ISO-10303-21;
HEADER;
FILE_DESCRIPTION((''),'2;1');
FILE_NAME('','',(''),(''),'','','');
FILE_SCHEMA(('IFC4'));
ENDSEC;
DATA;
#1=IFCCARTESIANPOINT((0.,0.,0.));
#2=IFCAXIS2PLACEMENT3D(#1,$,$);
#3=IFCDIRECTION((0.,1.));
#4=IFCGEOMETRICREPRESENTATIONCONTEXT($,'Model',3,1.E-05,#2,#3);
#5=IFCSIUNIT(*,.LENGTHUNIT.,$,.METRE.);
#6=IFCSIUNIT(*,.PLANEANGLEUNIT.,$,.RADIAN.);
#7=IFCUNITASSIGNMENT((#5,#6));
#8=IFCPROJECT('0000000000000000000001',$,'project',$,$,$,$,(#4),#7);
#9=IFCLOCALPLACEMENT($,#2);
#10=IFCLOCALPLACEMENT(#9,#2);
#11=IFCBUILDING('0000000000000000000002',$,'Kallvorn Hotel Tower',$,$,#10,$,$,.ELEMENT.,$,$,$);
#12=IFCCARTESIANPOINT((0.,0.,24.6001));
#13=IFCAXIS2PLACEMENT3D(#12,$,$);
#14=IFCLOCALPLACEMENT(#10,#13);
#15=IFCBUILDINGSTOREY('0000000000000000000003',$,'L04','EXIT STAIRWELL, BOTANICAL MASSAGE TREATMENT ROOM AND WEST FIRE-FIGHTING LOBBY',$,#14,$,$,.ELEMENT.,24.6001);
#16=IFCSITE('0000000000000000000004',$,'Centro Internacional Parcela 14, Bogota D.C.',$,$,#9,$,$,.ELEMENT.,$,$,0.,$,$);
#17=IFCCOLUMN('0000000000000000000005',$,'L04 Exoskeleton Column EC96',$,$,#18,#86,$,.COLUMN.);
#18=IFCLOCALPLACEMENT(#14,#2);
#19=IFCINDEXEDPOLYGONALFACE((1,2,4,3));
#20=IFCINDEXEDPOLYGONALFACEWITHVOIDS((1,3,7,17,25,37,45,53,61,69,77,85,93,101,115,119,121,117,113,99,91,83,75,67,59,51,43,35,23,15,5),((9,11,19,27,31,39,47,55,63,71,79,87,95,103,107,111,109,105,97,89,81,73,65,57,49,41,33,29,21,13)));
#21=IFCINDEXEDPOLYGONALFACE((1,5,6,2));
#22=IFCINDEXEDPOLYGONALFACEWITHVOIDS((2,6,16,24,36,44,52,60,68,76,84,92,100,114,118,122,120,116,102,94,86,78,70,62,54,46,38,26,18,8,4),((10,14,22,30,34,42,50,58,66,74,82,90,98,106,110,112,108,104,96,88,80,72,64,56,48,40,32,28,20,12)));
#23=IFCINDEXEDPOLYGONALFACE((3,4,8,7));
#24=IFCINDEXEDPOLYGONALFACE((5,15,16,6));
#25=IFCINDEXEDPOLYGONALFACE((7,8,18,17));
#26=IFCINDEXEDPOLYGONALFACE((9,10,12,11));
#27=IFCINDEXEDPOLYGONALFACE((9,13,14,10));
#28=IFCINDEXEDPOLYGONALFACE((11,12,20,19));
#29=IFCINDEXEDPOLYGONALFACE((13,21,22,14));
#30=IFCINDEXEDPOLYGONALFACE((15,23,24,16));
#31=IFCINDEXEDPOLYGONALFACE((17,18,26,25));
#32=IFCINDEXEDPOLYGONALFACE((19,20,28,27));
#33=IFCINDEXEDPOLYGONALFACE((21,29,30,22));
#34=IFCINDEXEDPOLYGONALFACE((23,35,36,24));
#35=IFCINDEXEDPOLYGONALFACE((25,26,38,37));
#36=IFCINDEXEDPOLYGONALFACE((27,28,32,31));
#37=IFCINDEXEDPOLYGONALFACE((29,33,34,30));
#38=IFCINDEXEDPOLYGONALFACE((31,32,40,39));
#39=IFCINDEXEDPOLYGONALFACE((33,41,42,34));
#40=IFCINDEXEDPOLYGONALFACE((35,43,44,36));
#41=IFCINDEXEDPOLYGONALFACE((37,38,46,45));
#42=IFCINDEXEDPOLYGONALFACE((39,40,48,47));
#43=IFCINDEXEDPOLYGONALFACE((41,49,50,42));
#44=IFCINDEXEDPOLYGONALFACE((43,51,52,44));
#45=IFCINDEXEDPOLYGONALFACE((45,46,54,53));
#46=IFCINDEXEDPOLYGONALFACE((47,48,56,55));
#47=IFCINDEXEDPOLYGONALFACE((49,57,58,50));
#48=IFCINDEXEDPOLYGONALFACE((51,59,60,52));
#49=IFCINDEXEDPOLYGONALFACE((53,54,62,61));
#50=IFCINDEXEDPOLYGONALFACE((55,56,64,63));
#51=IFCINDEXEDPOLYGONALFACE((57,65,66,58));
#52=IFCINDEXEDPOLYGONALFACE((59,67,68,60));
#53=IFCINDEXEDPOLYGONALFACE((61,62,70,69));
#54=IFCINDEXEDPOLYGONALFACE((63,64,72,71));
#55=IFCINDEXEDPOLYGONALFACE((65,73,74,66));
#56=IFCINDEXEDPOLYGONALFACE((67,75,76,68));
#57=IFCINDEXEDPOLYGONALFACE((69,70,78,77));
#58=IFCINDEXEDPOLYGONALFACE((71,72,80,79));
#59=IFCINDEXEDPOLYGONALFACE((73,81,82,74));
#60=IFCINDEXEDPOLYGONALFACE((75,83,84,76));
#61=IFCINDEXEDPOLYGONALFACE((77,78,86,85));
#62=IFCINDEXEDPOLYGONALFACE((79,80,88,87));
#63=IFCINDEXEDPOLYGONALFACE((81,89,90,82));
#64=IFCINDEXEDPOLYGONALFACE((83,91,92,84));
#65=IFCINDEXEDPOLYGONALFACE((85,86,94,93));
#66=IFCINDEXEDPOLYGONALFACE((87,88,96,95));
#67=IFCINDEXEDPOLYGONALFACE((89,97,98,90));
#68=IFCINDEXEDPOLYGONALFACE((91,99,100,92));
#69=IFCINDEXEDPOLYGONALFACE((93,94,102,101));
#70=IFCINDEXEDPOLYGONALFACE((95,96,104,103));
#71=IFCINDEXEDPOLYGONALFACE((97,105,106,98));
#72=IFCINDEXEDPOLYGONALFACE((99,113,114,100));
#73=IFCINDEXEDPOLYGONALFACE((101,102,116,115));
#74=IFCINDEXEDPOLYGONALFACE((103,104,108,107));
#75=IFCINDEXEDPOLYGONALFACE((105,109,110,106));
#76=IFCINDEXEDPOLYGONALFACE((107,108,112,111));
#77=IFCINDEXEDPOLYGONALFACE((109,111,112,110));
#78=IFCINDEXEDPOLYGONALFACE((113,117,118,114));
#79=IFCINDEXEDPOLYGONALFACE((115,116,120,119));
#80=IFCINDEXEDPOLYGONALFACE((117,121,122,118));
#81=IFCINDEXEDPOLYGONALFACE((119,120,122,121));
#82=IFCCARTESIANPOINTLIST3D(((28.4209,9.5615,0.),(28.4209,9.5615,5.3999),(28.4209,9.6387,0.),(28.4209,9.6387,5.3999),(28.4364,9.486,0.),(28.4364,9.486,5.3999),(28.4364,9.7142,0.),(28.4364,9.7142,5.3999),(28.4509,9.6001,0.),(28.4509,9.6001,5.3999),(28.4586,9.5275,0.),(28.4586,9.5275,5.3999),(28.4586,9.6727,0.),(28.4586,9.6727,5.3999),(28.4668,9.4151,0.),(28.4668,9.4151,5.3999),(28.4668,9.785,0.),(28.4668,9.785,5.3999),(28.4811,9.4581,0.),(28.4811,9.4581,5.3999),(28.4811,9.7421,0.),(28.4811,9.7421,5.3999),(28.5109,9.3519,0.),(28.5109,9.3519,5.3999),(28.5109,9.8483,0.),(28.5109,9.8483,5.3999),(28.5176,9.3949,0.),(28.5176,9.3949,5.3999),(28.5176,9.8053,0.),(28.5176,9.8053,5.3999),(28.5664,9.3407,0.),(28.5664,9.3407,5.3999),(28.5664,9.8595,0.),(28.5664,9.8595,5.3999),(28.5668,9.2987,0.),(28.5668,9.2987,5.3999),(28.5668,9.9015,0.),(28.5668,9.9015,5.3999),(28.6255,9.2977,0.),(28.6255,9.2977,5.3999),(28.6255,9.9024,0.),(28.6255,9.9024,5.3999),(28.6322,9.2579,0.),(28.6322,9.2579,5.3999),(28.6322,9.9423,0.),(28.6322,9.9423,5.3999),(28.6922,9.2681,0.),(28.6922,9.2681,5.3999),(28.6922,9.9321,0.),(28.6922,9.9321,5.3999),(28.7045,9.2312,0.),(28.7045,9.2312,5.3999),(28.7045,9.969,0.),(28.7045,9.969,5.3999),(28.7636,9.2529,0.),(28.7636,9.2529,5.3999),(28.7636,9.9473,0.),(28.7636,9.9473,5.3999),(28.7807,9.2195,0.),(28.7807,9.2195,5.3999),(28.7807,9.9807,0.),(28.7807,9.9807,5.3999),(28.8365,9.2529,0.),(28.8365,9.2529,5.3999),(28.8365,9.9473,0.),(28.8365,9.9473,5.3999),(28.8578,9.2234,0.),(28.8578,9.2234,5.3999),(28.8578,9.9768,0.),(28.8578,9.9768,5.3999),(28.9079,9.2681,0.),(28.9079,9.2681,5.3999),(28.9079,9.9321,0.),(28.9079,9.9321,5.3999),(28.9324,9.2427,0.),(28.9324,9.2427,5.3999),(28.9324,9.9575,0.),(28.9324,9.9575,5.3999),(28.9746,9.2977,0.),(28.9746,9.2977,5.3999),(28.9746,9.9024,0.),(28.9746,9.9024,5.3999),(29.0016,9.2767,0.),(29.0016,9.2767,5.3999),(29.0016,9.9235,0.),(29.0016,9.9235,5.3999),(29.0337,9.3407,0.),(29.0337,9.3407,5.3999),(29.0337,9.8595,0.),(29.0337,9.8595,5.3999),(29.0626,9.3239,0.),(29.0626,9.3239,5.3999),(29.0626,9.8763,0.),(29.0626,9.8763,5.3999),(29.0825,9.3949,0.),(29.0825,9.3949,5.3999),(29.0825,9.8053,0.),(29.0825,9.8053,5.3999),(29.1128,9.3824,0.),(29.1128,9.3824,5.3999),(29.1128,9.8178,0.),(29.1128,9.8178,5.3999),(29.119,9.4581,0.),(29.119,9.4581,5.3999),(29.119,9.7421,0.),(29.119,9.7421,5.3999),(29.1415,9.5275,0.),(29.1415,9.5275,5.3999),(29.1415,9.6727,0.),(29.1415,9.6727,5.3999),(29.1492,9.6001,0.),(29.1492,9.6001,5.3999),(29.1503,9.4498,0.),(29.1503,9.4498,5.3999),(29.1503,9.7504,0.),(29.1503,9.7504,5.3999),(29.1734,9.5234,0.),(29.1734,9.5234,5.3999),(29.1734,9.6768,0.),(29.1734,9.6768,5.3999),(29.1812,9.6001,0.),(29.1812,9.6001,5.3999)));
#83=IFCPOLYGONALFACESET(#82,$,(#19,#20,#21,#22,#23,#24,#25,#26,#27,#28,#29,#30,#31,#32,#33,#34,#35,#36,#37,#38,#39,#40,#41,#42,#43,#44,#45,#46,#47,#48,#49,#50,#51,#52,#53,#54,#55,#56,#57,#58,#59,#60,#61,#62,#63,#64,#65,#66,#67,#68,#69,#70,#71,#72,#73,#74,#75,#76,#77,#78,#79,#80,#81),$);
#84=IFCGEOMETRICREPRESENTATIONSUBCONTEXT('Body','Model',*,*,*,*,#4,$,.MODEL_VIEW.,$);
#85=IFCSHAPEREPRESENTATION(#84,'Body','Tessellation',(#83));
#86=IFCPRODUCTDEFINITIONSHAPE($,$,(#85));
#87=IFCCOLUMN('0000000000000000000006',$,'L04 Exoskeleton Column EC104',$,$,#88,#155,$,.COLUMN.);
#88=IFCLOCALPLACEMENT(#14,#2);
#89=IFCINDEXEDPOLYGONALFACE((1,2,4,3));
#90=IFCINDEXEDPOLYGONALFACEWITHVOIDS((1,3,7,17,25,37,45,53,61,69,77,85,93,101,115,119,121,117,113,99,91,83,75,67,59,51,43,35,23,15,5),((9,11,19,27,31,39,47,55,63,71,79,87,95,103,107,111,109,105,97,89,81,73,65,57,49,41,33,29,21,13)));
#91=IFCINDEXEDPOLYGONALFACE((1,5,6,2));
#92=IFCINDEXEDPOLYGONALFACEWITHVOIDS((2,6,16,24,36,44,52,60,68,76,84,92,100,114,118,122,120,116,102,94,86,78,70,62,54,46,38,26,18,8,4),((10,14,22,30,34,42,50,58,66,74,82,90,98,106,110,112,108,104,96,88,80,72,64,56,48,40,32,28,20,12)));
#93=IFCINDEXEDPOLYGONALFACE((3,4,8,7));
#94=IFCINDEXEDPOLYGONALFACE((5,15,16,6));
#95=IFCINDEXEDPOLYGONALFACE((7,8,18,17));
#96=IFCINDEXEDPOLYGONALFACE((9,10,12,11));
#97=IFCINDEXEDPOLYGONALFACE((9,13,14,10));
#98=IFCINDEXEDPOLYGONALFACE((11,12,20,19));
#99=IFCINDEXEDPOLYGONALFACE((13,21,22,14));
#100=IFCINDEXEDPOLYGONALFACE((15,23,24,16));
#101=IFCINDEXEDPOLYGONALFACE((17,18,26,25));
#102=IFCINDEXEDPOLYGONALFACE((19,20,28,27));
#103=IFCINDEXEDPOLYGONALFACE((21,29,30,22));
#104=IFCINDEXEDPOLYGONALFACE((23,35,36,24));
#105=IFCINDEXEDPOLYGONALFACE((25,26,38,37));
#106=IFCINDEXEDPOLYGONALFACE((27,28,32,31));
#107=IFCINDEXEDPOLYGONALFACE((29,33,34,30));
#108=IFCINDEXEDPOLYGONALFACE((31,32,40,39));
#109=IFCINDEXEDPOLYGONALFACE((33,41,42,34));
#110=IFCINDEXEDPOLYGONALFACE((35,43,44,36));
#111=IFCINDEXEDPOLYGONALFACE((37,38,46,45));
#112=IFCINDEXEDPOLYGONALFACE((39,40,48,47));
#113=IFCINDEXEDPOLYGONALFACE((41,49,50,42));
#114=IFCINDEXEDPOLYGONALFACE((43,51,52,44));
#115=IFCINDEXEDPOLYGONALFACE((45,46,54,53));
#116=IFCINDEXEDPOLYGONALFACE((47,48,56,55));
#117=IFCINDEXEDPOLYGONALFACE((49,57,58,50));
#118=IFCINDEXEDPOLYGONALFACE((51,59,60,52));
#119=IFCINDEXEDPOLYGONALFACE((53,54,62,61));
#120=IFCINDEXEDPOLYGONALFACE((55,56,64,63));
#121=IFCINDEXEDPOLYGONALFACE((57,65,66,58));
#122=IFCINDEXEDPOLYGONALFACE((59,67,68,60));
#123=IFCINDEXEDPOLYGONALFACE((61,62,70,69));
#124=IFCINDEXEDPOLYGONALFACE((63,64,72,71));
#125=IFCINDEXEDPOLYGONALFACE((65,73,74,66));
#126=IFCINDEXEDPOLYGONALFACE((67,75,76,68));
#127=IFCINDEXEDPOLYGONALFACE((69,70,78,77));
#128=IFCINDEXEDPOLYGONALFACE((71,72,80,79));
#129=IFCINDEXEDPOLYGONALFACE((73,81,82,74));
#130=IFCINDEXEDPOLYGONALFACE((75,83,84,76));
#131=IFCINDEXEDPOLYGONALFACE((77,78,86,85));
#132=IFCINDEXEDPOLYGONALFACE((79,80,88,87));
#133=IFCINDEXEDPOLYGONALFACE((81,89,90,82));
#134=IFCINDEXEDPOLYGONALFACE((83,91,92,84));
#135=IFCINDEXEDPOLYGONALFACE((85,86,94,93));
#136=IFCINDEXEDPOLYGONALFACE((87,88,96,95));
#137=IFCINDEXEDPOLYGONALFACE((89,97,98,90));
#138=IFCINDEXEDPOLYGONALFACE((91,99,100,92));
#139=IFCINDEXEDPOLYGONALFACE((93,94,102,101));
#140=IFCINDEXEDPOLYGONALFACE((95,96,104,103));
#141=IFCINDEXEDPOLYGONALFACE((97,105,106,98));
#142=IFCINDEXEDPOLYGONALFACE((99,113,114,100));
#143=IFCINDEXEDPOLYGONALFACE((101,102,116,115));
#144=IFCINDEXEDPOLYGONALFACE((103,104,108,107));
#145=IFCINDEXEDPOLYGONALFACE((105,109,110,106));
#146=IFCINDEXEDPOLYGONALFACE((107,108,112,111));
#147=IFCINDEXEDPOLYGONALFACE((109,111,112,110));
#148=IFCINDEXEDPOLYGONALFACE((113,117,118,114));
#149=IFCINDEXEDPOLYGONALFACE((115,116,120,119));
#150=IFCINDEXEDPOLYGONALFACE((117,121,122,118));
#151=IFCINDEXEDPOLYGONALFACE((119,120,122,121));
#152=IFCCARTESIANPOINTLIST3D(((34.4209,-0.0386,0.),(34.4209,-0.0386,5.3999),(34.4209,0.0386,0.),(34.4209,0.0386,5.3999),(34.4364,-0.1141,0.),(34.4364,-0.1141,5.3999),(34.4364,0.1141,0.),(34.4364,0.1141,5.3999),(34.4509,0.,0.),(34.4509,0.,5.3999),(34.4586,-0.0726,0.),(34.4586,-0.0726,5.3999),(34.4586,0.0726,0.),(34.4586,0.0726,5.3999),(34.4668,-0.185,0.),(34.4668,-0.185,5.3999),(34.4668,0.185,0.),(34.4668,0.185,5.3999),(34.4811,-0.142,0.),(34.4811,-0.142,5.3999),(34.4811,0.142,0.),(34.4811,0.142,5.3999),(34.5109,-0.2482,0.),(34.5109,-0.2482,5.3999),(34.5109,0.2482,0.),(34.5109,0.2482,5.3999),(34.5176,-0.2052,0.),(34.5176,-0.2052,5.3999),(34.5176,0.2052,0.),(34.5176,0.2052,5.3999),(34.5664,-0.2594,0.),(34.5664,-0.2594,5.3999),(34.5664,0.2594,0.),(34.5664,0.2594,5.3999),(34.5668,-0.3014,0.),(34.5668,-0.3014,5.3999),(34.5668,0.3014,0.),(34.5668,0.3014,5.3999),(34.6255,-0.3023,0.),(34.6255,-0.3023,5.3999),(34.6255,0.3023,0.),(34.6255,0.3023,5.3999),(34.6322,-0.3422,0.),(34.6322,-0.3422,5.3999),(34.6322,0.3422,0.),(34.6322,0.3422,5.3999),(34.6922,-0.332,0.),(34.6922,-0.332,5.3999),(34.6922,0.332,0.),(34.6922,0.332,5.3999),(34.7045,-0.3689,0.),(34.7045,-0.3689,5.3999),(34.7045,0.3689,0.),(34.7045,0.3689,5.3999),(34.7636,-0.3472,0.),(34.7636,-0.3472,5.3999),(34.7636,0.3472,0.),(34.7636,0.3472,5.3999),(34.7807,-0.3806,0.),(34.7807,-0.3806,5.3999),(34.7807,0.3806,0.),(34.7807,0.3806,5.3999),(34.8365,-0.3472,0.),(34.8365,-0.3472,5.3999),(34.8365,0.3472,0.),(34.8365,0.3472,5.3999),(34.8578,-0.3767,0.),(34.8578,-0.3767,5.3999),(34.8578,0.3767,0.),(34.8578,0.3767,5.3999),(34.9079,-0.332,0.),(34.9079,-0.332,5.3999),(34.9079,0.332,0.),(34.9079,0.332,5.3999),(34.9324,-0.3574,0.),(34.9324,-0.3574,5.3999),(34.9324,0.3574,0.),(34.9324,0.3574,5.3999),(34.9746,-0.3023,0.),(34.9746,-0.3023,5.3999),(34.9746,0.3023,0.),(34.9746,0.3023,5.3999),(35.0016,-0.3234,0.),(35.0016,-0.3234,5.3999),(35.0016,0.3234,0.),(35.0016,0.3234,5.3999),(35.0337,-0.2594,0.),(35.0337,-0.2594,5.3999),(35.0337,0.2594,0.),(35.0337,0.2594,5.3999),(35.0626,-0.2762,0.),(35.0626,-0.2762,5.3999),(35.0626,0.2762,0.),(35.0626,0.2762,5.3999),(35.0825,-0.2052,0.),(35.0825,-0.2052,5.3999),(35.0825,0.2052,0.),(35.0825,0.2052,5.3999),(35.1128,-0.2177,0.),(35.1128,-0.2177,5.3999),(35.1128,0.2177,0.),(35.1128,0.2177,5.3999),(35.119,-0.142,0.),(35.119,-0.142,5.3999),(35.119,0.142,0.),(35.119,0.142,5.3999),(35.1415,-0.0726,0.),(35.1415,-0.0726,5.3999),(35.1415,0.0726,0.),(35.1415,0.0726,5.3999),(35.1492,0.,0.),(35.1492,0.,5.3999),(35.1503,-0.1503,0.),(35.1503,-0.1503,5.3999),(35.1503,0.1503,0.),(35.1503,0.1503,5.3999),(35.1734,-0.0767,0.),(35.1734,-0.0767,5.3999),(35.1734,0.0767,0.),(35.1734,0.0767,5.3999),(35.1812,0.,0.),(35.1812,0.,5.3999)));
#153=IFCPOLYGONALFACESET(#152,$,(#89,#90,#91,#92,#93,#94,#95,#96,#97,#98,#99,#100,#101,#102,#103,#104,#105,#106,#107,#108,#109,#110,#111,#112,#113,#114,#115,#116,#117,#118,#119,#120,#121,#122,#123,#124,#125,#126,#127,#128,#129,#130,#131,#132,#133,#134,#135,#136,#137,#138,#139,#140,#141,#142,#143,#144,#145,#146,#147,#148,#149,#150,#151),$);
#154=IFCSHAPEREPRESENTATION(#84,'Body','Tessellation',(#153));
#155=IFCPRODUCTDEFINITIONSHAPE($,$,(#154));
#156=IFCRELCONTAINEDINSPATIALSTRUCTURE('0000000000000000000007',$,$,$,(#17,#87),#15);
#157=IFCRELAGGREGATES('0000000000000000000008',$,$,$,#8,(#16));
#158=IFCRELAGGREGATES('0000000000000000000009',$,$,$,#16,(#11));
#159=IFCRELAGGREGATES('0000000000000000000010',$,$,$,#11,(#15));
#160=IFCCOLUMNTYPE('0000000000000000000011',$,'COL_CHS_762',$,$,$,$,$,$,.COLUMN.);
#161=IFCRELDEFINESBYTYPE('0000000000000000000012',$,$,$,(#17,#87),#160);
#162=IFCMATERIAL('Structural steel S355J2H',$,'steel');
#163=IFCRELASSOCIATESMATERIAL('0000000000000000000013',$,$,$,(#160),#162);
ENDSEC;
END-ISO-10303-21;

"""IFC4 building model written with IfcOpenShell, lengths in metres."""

from ifc_helpers import new_model, si_unit, direction, frame, origin, origin_2d, place, context, subcontext, project, spatial, hollow_circle, extrude, material, material_profile, profile_set, type_object, element, save


model = new_model("IFC4")

# Units and contexts
model_context = context("Model", 3, precision=1e-05, world=origin(), true_north=direction((0.0, 1.0)))
body_context = subcontext(model_context, "Body", "Model", "MODEL_VIEW")
ifc_project = project(units=[si_unit("LENGTHUNIT", "METRE"), si_unit("PLANEANGLEUNIT", "RADIAN")], contexts=[model_context])

# Site, building, storey
site_placement = place(None, origin())
site = spatial("IfcSite", under=ifc_project, at=site_placement, Name="Centro Internacional Parcela 14, Bogota D.C.", CompositionType="ELEMENT", RefElevation=0.0)
building_placement = place(site_placement, origin())
building = spatial("IfcBuilding", under=site, at=building_placement, Name="Kallvorn Hotel Tower", CompositionType="ELEMENT")
storey_placement = place(building_placement, frame((0.0, 0.0, 24.6001)))
storey = spatial("IfcBuildingStorey", under=building, at=storey_placement, Name="L04", Description="EXIT STAIRWELL, BOTANICAL MASSAGE TREATMENT ROOM AND WEST FIRE-FIGHTING LOBBY", CompositionType="ELEMENT", Elevation=24.6001)

# Columns
ifc_material_1 = material(Name="Structural steel S355J2H", Category="steel")
ifc_material_profile_1 = material_profile(ifc_material_1, hollow_circle(Radius=0.3811, WallThickness=0.032, at=origin_2d()), Name="CHS 762x32")
ifc_profile_set_1 = profile_set([ifc_material_profile_1], Name="Structural steel S355J2H")
column_type_1 = type_object("IfcColumnType", Name="COL_CHS_762", PredefinedType="COLUMN", material=ifc_profile_set_1)
for number, where, z_axis, x_axis, name in (
    (1, (28.8, 9.6001, 0.0), (0.0, 0.0, 1.0), (1.0, 0.0, 0.0), "L04 Exoskeleton Column EC96"),
    (2, (34.8, 0.0, 0.0), (0.0, 0.0, 1.0), (1.0, 0.0, 0.0), "L04 Exoskeleton Column EC104"),
):
    element("IfcColumn", number, at=place(storey_placement, frame(where, z_axis=z_axis, x_axis=x_axis)), inside=storey, type_object=column_type_1, Name=name, PredefinedType="COLUMN", context=body_context, shape_type="SweptSolid", body=[
        extrude(hollow_circle(Radius=0.3811, WallThickness=0.032, at=origin_2d()), origin(), (0.0, 0.0, 1.0), 5.3999),
    ])

save(model, "model.ifc")
